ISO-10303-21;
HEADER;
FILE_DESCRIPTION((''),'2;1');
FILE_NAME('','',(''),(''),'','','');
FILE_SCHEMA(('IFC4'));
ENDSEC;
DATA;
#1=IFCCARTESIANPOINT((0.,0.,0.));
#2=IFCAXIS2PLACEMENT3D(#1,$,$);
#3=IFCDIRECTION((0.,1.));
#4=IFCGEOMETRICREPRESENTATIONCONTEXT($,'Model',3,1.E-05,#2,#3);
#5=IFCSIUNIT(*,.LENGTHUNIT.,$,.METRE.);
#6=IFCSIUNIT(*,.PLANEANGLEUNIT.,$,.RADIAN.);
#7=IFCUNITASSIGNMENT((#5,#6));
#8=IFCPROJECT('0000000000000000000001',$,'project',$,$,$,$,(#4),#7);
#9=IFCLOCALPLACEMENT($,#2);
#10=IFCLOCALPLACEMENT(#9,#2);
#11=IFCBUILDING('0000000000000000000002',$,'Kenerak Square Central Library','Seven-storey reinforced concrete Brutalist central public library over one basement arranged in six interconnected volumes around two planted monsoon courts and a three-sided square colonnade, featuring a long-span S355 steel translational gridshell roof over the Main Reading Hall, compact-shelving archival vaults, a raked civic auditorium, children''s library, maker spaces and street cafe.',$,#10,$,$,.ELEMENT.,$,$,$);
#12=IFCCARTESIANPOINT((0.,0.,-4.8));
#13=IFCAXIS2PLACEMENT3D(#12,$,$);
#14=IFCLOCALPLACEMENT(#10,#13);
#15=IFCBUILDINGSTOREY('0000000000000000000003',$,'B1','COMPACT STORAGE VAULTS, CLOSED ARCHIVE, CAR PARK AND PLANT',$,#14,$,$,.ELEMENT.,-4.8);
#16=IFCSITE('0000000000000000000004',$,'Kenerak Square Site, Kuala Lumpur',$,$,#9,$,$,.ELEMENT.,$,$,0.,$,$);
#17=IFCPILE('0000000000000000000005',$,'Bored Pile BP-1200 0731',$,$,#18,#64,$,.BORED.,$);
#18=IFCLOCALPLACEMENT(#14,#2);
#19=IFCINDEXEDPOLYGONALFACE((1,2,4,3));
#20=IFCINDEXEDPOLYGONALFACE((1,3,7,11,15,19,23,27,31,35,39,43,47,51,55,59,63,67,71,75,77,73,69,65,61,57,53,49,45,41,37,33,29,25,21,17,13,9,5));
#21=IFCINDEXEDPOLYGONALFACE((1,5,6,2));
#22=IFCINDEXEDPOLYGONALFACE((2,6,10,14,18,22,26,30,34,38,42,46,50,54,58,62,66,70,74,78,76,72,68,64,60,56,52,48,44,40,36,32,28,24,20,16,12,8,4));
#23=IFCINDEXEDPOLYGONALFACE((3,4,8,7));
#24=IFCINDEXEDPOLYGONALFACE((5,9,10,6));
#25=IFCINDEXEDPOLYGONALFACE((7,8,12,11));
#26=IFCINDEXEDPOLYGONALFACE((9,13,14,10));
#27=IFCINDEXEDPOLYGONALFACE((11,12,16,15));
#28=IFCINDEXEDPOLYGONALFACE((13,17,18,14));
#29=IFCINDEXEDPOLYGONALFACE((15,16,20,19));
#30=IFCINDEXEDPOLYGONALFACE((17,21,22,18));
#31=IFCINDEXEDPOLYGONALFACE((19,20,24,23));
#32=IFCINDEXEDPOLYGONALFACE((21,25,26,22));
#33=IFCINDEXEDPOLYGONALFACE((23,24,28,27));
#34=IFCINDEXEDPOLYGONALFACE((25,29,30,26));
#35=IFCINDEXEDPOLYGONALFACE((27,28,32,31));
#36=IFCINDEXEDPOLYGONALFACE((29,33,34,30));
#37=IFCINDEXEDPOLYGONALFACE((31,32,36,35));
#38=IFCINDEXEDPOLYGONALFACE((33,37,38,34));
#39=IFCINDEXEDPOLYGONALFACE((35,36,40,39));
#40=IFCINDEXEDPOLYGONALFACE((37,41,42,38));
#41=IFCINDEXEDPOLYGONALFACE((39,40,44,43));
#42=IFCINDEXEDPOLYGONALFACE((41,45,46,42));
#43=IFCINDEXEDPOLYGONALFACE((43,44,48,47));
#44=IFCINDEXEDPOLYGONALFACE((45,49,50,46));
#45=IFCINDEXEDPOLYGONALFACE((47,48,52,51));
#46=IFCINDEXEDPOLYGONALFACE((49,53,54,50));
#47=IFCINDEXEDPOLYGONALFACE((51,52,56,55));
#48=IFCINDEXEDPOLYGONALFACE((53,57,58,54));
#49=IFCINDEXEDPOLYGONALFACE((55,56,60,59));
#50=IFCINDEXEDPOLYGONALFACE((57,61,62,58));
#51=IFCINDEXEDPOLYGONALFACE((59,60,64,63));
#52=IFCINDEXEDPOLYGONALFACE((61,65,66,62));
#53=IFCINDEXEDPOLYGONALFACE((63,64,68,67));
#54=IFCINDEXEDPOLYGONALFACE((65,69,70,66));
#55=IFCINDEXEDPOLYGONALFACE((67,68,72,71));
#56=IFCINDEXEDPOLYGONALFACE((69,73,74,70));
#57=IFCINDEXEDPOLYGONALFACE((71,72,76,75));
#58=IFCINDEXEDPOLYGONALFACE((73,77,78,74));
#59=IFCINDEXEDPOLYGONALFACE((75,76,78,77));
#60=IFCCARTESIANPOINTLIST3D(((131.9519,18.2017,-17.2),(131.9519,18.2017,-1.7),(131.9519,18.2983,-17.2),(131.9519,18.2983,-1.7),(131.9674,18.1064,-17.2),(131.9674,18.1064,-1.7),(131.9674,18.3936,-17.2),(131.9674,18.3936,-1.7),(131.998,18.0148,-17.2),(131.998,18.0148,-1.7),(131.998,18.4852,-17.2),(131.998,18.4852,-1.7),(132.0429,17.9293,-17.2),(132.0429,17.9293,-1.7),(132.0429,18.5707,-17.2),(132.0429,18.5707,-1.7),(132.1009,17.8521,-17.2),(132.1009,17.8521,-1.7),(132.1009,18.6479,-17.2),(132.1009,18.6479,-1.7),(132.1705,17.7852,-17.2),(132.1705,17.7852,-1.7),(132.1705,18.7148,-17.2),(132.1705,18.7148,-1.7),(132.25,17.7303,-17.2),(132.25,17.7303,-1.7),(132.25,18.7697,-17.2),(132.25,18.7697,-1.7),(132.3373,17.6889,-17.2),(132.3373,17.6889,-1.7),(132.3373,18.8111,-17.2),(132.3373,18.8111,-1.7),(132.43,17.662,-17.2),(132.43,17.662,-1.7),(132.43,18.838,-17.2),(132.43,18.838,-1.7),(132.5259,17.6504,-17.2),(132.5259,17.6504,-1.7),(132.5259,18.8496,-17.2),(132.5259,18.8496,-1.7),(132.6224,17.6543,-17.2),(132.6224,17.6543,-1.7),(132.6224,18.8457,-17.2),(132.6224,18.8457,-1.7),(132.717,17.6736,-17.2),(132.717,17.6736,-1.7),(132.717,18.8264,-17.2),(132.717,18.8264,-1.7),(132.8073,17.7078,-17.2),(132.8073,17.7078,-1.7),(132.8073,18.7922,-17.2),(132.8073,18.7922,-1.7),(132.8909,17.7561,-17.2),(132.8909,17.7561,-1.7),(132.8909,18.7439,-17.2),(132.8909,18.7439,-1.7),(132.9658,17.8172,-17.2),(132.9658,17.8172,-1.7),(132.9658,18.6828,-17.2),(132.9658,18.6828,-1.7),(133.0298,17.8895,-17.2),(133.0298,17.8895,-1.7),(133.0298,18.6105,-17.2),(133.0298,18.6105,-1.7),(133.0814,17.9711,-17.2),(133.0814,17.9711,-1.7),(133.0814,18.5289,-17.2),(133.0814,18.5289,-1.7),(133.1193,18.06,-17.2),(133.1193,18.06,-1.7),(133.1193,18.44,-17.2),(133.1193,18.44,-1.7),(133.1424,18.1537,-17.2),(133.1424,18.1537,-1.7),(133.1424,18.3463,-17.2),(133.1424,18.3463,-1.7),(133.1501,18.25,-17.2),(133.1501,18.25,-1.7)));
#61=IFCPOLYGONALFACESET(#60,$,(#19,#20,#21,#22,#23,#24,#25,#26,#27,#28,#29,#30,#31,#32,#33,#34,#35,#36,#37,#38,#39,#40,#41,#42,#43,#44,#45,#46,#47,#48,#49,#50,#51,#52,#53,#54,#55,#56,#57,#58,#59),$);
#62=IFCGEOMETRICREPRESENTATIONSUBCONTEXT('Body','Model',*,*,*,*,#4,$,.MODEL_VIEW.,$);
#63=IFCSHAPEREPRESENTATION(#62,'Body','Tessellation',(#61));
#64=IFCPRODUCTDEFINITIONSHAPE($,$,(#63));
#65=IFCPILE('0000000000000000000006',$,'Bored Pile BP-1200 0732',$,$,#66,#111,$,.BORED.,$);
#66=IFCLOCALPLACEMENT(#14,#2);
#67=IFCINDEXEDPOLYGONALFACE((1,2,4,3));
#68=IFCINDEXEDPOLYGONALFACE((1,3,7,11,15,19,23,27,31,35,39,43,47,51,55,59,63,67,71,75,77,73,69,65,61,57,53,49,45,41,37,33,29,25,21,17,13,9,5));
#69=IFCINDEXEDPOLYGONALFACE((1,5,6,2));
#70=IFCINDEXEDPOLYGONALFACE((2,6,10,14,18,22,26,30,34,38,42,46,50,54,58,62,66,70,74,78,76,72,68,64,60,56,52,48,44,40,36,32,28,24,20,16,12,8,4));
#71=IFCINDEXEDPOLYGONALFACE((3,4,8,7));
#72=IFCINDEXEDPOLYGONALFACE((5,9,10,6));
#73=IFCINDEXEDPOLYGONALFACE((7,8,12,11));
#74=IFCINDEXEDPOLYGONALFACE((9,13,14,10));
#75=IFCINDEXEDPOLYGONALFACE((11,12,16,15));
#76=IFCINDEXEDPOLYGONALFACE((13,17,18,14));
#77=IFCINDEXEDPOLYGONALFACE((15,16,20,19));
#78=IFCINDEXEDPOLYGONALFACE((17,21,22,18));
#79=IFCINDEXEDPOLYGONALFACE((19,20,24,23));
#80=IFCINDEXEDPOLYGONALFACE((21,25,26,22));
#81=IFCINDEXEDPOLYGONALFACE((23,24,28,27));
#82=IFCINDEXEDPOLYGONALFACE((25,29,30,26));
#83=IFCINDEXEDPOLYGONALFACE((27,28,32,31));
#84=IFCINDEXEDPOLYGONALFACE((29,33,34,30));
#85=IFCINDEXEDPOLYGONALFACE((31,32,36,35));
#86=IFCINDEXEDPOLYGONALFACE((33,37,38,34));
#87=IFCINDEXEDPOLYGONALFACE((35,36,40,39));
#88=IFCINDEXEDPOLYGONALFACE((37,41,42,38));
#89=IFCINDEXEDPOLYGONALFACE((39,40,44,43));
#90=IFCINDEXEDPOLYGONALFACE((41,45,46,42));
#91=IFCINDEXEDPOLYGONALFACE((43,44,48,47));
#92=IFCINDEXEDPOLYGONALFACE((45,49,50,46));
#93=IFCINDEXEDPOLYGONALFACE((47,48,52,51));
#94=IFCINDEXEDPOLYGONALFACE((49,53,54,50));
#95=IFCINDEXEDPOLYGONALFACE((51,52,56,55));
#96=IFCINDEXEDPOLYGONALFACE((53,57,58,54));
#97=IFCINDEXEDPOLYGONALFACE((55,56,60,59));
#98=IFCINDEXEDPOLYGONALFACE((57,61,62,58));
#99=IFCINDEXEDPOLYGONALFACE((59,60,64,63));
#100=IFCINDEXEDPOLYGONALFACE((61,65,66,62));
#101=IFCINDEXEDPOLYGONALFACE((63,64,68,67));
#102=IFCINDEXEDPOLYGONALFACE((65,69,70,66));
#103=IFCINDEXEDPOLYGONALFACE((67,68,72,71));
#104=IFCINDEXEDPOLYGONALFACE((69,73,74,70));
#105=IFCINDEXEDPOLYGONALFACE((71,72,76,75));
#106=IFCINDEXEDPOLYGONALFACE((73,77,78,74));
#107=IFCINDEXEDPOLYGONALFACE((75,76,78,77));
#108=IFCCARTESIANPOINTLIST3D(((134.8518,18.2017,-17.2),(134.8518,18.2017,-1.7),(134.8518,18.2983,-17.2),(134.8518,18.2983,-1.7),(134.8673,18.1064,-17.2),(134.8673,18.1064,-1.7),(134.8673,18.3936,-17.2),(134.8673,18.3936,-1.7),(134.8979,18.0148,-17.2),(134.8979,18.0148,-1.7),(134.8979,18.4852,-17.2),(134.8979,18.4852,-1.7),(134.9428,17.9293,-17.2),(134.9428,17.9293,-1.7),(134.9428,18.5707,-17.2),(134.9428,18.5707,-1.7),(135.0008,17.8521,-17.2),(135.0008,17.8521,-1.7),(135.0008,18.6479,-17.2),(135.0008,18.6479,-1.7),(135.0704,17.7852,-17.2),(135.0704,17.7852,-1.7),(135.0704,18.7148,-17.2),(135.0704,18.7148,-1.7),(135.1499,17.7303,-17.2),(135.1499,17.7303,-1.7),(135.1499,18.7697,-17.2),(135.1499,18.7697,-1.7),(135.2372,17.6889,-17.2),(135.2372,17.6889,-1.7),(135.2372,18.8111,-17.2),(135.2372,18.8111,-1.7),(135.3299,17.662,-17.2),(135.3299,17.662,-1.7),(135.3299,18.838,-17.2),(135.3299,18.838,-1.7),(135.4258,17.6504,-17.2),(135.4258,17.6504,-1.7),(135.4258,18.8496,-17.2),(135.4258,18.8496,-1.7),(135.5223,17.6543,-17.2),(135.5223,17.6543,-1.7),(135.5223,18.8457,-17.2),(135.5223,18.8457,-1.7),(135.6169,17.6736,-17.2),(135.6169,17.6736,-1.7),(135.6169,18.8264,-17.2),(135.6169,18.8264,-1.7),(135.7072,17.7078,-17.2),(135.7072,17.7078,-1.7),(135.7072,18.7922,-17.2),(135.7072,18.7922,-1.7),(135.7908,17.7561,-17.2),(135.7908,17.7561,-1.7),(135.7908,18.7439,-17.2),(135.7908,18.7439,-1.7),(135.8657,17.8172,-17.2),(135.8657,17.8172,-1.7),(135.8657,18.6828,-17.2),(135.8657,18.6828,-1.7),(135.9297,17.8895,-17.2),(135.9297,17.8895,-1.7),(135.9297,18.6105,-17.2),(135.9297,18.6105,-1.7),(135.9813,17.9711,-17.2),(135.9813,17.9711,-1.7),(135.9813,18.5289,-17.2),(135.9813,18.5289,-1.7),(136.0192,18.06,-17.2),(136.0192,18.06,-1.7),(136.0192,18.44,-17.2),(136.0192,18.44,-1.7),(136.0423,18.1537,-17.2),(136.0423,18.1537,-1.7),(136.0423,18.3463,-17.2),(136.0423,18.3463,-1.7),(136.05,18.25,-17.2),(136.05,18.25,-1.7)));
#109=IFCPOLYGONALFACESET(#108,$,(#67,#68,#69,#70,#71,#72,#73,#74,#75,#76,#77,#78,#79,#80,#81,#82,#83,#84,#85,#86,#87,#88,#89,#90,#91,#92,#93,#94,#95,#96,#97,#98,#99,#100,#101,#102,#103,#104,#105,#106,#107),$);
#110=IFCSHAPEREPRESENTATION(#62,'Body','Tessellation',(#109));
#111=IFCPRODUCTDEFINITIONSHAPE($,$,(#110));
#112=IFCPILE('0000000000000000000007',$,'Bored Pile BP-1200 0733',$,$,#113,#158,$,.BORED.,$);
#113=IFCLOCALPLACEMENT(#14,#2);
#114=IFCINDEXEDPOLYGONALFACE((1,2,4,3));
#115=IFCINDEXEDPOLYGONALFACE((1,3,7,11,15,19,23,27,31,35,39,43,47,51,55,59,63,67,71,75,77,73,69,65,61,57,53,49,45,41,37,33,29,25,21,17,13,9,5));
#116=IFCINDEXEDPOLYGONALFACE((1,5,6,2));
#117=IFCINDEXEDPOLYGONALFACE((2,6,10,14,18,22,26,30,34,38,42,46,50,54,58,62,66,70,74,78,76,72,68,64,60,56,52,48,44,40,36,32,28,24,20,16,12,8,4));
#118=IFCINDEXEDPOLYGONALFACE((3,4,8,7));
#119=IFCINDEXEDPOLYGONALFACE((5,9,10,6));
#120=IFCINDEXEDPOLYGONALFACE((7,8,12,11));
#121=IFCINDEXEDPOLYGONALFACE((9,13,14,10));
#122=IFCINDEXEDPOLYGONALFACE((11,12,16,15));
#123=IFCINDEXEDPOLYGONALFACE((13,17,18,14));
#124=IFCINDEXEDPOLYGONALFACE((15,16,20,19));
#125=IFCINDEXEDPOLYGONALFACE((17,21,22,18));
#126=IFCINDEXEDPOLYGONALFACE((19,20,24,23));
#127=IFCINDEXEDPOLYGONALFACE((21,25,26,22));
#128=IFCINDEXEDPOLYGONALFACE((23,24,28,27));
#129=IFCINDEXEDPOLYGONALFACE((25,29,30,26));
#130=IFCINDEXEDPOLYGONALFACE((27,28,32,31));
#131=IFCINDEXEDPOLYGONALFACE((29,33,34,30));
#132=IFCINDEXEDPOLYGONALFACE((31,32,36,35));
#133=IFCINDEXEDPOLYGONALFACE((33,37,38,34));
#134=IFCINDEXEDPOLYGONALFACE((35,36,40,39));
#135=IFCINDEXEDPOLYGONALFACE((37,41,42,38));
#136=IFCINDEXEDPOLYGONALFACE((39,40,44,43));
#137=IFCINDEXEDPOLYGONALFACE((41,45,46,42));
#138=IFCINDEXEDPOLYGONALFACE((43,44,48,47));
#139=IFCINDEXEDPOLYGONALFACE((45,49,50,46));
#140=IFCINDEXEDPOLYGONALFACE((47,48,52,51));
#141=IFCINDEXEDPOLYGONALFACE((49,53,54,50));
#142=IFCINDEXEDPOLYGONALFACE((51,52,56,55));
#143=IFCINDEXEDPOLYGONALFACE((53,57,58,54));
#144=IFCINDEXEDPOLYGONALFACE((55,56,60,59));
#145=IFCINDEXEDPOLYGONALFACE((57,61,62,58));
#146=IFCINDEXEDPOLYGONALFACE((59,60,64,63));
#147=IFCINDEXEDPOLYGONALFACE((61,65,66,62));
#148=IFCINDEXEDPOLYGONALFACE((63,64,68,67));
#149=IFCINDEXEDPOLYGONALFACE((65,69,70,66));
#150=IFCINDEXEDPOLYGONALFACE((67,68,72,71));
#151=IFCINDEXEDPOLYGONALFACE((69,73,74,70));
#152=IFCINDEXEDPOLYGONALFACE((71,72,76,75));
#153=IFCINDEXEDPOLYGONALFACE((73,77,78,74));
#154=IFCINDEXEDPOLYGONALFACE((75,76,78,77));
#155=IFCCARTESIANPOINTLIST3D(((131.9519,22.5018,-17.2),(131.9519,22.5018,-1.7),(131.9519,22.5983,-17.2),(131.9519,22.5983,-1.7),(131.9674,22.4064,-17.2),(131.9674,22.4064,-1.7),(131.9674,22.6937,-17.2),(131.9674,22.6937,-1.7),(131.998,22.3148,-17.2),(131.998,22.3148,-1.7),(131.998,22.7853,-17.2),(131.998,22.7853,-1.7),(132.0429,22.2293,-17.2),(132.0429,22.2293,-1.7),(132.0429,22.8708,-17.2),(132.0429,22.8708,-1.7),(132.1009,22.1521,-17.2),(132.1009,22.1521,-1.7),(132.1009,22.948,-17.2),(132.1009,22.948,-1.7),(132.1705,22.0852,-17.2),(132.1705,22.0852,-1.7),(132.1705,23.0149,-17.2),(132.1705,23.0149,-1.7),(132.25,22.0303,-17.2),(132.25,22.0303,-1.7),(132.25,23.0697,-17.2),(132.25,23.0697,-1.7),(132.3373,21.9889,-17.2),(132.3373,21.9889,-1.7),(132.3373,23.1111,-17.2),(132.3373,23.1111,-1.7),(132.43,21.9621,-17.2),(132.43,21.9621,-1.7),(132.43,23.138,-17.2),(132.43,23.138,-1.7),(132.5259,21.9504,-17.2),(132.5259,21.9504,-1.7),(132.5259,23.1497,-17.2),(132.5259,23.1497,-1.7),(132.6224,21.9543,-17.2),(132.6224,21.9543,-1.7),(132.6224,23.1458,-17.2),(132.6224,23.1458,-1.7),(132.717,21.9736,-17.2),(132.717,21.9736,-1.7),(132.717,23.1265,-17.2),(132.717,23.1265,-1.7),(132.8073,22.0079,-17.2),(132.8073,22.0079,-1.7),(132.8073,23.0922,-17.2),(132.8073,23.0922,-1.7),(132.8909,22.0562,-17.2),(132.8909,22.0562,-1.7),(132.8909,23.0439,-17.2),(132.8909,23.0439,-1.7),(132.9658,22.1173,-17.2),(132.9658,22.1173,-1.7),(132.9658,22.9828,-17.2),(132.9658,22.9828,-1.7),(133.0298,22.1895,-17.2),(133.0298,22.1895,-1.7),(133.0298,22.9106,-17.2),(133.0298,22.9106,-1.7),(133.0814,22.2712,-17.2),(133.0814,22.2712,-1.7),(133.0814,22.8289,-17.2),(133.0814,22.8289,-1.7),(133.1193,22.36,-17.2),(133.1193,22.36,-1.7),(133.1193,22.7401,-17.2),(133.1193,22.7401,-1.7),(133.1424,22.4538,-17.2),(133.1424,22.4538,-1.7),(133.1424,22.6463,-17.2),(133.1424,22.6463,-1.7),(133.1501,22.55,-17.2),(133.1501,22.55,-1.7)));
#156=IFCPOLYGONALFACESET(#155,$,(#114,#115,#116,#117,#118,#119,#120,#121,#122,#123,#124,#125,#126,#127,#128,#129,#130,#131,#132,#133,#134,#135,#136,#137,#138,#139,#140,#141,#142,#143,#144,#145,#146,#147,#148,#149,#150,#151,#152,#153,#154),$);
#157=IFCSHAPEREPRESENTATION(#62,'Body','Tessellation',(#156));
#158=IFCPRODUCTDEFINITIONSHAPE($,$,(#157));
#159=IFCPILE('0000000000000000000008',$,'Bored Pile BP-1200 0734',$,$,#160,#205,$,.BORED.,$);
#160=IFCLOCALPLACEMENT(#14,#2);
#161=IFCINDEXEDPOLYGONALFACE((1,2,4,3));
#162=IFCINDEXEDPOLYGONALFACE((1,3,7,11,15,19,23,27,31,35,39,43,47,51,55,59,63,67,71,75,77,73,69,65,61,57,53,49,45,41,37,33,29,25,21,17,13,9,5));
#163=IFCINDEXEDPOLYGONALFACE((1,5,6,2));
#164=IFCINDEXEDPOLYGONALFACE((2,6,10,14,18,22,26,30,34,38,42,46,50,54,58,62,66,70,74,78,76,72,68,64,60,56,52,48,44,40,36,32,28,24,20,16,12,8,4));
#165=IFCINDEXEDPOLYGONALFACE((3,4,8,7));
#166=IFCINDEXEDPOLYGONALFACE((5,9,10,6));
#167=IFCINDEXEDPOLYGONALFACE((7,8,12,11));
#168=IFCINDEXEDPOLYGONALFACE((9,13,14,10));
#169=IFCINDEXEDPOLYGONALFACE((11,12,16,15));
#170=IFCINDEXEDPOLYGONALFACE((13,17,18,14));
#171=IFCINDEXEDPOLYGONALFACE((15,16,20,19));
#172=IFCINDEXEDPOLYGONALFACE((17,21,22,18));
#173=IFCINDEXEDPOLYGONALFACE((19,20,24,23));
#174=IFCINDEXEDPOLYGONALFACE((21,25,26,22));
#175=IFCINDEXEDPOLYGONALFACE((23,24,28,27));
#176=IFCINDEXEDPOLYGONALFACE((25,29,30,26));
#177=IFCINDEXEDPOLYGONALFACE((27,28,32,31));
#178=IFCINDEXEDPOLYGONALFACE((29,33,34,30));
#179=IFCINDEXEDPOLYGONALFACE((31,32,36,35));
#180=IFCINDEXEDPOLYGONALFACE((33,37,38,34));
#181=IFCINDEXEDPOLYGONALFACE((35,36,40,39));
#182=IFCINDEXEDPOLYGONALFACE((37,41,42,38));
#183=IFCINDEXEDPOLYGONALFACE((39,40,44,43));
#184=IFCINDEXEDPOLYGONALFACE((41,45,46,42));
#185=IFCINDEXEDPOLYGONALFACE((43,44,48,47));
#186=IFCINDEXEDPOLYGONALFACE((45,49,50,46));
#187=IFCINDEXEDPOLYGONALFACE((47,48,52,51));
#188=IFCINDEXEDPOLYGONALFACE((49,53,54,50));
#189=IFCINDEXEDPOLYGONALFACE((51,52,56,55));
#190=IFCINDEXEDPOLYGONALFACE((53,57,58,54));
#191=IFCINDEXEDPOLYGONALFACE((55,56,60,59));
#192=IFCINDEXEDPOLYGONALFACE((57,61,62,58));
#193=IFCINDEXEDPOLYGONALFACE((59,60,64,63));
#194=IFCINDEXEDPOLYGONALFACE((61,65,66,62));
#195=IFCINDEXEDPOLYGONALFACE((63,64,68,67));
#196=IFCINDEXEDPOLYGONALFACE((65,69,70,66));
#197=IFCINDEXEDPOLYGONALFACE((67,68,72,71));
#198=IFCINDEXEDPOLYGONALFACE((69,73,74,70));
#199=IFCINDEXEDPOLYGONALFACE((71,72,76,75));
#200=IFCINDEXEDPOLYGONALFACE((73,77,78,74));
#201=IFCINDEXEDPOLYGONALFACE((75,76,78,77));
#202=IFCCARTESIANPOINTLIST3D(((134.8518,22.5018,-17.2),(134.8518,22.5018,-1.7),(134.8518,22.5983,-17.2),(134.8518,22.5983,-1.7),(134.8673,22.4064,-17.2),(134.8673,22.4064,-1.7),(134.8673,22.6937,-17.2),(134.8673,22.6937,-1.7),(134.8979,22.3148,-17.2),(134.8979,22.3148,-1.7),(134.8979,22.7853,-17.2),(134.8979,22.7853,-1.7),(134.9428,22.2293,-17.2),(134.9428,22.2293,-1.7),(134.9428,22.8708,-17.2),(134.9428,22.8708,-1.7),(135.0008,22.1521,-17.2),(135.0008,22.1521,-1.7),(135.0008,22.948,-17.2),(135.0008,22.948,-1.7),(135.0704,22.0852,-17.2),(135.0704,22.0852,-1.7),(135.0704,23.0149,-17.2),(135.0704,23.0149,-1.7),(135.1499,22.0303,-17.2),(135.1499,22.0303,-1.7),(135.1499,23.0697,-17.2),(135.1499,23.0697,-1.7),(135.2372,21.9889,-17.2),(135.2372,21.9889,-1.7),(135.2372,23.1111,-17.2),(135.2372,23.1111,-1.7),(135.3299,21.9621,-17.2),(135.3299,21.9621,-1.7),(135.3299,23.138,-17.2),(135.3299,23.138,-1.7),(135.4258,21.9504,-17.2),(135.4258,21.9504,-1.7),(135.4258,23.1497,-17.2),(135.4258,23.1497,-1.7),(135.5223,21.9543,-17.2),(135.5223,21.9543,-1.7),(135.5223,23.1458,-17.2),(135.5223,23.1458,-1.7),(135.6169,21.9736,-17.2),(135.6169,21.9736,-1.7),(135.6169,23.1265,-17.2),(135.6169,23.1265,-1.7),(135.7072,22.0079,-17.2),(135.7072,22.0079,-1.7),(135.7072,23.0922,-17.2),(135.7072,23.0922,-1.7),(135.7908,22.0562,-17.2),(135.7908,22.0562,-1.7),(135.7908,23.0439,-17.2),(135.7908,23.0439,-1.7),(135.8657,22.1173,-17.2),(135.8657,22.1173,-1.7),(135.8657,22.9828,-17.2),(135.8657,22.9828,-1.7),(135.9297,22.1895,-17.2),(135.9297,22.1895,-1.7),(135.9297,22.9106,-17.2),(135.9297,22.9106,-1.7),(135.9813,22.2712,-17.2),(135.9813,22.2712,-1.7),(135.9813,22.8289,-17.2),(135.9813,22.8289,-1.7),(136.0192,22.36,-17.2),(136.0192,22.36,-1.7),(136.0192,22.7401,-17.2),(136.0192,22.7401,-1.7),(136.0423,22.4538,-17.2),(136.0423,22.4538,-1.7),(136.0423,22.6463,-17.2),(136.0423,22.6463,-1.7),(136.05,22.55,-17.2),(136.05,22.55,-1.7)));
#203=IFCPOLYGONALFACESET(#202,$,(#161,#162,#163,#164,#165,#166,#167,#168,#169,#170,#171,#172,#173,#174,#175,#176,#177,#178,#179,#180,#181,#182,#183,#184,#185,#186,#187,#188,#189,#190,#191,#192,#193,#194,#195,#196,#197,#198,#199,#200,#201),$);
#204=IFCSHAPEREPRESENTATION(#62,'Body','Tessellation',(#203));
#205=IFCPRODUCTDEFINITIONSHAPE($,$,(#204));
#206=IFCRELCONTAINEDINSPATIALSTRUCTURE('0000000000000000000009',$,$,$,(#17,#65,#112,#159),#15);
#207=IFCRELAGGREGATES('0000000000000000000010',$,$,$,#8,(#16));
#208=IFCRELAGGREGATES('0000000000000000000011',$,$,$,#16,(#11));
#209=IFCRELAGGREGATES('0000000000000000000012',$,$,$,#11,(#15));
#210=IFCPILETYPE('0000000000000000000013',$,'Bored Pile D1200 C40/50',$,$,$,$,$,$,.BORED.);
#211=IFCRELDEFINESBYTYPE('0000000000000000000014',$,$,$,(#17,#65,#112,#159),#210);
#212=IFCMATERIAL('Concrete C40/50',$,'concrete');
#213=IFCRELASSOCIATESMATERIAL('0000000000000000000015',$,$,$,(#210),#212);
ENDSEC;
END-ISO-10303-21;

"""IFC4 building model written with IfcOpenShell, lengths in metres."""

from ifc_helpers import new_model, si_unit, direction, frame, origin, origin_2d, place, context, subcontext, project, spatial, circle, extrude, material, material_profile, profile_set, type_object, element, save


model = new_model("IFC4")

# Units and contexts
model_context = context("Model", 3, precision=1e-05, world=origin(), true_north=direction((0.0, 1.0)))
body_context = subcontext(model_context, "Body", "Model", "MODEL_VIEW")
ifc_project = project(units=[si_unit("LENGTHUNIT", "METRE"), si_unit("PLANEANGLEUNIT", "RADIAN")], contexts=[model_context])

# Site, building, storey
site_placement = place(None, origin())
site = spatial("IfcSite", under=ifc_project, at=site_placement, Name="Kenerak Square Site, Kuala Lumpur", CompositionType="ELEMENT", RefElevation=0.0)
building_placement = place(site_placement, origin())
building = spatial("IfcBuilding", under=site, at=building_placement, Name="Kenerak Square Central Library", Description="Seven-storey reinforced concrete Brutalist central public library over one basement arranged in six interconnected volumes around two planted monsoon courts and a three-sided square colonnade, featuring a long-span S355 steel translational gridshell roof over the Main Reading Hall, compact-shelving archival vaults, a raked civic auditorium, children's library, maker spaces and street cafe.", CompositionType="ELEMENT")
storey_placement = place(building_placement, frame((0.0, 0.0, -4.8)))
storey = spatial("IfcBuildingStorey", under=building, at=storey_placement, Name="B1", Description="COMPACT STORAGE VAULTS, CLOSED ARCHIVE, CAR PARK AND PLANT", CompositionType="ELEMENT", Elevation=-4.8)

# Piles
ifc_material_1 = material(Name="Concrete C40/50", Category="concrete")
ifc_material_profile_1 = material_profile(ifc_material_1, circle(Radius=0.6001, at=origin_2d()), Name="BP D1200")
ifc_profile_set_1 = profile_set([ifc_material_profile_1], Name="Concrete C40/50")
pile_type_1 = type_object("IfcPileType", Name="Bored Pile D1200 C40/50", PredefinedType="BORED", material=ifc_profile_set_1)
for number, where, z_axis, x_axis, name in (
    (1, (132.55, 18.25, -1.7), (0.0, 0.0, -1.0), (1.0, 0.0, 0.0), "Bored Pile BP-1200 0731"),
    (2, (135.45, 18.25, -1.7), (0.0, 0.0, -1.0), (1.0, 0.0, 0.0), "Bored Pile BP-1200 0732"),
    (3, (132.55, 22.55, -1.7), (0.0, 0.0, -1.0), (1.0, 0.0, 0.0), "Bored Pile BP-1200 0733"),
    (4, (135.45, 22.55, -1.7), (0.0, 0.0, -1.0), (1.0, 0.0, 0.0), "Bored Pile BP-1200 0734"),
):
    element("IfcPile", number, at=place(storey_placement, frame(where, z_axis=z_axis, x_axis=x_axis)), inside=storey, type_object=pile_type_1, Name=name, PredefinedType="BORED", context=body_context, shape_type="SweptSolid", body=[
        extrude(circle(Radius=0.6001, at=origin_2d()), origin(), (0.0, 0.0, 1.0), 15.5),
    ])

save(model, "model.ifc")
